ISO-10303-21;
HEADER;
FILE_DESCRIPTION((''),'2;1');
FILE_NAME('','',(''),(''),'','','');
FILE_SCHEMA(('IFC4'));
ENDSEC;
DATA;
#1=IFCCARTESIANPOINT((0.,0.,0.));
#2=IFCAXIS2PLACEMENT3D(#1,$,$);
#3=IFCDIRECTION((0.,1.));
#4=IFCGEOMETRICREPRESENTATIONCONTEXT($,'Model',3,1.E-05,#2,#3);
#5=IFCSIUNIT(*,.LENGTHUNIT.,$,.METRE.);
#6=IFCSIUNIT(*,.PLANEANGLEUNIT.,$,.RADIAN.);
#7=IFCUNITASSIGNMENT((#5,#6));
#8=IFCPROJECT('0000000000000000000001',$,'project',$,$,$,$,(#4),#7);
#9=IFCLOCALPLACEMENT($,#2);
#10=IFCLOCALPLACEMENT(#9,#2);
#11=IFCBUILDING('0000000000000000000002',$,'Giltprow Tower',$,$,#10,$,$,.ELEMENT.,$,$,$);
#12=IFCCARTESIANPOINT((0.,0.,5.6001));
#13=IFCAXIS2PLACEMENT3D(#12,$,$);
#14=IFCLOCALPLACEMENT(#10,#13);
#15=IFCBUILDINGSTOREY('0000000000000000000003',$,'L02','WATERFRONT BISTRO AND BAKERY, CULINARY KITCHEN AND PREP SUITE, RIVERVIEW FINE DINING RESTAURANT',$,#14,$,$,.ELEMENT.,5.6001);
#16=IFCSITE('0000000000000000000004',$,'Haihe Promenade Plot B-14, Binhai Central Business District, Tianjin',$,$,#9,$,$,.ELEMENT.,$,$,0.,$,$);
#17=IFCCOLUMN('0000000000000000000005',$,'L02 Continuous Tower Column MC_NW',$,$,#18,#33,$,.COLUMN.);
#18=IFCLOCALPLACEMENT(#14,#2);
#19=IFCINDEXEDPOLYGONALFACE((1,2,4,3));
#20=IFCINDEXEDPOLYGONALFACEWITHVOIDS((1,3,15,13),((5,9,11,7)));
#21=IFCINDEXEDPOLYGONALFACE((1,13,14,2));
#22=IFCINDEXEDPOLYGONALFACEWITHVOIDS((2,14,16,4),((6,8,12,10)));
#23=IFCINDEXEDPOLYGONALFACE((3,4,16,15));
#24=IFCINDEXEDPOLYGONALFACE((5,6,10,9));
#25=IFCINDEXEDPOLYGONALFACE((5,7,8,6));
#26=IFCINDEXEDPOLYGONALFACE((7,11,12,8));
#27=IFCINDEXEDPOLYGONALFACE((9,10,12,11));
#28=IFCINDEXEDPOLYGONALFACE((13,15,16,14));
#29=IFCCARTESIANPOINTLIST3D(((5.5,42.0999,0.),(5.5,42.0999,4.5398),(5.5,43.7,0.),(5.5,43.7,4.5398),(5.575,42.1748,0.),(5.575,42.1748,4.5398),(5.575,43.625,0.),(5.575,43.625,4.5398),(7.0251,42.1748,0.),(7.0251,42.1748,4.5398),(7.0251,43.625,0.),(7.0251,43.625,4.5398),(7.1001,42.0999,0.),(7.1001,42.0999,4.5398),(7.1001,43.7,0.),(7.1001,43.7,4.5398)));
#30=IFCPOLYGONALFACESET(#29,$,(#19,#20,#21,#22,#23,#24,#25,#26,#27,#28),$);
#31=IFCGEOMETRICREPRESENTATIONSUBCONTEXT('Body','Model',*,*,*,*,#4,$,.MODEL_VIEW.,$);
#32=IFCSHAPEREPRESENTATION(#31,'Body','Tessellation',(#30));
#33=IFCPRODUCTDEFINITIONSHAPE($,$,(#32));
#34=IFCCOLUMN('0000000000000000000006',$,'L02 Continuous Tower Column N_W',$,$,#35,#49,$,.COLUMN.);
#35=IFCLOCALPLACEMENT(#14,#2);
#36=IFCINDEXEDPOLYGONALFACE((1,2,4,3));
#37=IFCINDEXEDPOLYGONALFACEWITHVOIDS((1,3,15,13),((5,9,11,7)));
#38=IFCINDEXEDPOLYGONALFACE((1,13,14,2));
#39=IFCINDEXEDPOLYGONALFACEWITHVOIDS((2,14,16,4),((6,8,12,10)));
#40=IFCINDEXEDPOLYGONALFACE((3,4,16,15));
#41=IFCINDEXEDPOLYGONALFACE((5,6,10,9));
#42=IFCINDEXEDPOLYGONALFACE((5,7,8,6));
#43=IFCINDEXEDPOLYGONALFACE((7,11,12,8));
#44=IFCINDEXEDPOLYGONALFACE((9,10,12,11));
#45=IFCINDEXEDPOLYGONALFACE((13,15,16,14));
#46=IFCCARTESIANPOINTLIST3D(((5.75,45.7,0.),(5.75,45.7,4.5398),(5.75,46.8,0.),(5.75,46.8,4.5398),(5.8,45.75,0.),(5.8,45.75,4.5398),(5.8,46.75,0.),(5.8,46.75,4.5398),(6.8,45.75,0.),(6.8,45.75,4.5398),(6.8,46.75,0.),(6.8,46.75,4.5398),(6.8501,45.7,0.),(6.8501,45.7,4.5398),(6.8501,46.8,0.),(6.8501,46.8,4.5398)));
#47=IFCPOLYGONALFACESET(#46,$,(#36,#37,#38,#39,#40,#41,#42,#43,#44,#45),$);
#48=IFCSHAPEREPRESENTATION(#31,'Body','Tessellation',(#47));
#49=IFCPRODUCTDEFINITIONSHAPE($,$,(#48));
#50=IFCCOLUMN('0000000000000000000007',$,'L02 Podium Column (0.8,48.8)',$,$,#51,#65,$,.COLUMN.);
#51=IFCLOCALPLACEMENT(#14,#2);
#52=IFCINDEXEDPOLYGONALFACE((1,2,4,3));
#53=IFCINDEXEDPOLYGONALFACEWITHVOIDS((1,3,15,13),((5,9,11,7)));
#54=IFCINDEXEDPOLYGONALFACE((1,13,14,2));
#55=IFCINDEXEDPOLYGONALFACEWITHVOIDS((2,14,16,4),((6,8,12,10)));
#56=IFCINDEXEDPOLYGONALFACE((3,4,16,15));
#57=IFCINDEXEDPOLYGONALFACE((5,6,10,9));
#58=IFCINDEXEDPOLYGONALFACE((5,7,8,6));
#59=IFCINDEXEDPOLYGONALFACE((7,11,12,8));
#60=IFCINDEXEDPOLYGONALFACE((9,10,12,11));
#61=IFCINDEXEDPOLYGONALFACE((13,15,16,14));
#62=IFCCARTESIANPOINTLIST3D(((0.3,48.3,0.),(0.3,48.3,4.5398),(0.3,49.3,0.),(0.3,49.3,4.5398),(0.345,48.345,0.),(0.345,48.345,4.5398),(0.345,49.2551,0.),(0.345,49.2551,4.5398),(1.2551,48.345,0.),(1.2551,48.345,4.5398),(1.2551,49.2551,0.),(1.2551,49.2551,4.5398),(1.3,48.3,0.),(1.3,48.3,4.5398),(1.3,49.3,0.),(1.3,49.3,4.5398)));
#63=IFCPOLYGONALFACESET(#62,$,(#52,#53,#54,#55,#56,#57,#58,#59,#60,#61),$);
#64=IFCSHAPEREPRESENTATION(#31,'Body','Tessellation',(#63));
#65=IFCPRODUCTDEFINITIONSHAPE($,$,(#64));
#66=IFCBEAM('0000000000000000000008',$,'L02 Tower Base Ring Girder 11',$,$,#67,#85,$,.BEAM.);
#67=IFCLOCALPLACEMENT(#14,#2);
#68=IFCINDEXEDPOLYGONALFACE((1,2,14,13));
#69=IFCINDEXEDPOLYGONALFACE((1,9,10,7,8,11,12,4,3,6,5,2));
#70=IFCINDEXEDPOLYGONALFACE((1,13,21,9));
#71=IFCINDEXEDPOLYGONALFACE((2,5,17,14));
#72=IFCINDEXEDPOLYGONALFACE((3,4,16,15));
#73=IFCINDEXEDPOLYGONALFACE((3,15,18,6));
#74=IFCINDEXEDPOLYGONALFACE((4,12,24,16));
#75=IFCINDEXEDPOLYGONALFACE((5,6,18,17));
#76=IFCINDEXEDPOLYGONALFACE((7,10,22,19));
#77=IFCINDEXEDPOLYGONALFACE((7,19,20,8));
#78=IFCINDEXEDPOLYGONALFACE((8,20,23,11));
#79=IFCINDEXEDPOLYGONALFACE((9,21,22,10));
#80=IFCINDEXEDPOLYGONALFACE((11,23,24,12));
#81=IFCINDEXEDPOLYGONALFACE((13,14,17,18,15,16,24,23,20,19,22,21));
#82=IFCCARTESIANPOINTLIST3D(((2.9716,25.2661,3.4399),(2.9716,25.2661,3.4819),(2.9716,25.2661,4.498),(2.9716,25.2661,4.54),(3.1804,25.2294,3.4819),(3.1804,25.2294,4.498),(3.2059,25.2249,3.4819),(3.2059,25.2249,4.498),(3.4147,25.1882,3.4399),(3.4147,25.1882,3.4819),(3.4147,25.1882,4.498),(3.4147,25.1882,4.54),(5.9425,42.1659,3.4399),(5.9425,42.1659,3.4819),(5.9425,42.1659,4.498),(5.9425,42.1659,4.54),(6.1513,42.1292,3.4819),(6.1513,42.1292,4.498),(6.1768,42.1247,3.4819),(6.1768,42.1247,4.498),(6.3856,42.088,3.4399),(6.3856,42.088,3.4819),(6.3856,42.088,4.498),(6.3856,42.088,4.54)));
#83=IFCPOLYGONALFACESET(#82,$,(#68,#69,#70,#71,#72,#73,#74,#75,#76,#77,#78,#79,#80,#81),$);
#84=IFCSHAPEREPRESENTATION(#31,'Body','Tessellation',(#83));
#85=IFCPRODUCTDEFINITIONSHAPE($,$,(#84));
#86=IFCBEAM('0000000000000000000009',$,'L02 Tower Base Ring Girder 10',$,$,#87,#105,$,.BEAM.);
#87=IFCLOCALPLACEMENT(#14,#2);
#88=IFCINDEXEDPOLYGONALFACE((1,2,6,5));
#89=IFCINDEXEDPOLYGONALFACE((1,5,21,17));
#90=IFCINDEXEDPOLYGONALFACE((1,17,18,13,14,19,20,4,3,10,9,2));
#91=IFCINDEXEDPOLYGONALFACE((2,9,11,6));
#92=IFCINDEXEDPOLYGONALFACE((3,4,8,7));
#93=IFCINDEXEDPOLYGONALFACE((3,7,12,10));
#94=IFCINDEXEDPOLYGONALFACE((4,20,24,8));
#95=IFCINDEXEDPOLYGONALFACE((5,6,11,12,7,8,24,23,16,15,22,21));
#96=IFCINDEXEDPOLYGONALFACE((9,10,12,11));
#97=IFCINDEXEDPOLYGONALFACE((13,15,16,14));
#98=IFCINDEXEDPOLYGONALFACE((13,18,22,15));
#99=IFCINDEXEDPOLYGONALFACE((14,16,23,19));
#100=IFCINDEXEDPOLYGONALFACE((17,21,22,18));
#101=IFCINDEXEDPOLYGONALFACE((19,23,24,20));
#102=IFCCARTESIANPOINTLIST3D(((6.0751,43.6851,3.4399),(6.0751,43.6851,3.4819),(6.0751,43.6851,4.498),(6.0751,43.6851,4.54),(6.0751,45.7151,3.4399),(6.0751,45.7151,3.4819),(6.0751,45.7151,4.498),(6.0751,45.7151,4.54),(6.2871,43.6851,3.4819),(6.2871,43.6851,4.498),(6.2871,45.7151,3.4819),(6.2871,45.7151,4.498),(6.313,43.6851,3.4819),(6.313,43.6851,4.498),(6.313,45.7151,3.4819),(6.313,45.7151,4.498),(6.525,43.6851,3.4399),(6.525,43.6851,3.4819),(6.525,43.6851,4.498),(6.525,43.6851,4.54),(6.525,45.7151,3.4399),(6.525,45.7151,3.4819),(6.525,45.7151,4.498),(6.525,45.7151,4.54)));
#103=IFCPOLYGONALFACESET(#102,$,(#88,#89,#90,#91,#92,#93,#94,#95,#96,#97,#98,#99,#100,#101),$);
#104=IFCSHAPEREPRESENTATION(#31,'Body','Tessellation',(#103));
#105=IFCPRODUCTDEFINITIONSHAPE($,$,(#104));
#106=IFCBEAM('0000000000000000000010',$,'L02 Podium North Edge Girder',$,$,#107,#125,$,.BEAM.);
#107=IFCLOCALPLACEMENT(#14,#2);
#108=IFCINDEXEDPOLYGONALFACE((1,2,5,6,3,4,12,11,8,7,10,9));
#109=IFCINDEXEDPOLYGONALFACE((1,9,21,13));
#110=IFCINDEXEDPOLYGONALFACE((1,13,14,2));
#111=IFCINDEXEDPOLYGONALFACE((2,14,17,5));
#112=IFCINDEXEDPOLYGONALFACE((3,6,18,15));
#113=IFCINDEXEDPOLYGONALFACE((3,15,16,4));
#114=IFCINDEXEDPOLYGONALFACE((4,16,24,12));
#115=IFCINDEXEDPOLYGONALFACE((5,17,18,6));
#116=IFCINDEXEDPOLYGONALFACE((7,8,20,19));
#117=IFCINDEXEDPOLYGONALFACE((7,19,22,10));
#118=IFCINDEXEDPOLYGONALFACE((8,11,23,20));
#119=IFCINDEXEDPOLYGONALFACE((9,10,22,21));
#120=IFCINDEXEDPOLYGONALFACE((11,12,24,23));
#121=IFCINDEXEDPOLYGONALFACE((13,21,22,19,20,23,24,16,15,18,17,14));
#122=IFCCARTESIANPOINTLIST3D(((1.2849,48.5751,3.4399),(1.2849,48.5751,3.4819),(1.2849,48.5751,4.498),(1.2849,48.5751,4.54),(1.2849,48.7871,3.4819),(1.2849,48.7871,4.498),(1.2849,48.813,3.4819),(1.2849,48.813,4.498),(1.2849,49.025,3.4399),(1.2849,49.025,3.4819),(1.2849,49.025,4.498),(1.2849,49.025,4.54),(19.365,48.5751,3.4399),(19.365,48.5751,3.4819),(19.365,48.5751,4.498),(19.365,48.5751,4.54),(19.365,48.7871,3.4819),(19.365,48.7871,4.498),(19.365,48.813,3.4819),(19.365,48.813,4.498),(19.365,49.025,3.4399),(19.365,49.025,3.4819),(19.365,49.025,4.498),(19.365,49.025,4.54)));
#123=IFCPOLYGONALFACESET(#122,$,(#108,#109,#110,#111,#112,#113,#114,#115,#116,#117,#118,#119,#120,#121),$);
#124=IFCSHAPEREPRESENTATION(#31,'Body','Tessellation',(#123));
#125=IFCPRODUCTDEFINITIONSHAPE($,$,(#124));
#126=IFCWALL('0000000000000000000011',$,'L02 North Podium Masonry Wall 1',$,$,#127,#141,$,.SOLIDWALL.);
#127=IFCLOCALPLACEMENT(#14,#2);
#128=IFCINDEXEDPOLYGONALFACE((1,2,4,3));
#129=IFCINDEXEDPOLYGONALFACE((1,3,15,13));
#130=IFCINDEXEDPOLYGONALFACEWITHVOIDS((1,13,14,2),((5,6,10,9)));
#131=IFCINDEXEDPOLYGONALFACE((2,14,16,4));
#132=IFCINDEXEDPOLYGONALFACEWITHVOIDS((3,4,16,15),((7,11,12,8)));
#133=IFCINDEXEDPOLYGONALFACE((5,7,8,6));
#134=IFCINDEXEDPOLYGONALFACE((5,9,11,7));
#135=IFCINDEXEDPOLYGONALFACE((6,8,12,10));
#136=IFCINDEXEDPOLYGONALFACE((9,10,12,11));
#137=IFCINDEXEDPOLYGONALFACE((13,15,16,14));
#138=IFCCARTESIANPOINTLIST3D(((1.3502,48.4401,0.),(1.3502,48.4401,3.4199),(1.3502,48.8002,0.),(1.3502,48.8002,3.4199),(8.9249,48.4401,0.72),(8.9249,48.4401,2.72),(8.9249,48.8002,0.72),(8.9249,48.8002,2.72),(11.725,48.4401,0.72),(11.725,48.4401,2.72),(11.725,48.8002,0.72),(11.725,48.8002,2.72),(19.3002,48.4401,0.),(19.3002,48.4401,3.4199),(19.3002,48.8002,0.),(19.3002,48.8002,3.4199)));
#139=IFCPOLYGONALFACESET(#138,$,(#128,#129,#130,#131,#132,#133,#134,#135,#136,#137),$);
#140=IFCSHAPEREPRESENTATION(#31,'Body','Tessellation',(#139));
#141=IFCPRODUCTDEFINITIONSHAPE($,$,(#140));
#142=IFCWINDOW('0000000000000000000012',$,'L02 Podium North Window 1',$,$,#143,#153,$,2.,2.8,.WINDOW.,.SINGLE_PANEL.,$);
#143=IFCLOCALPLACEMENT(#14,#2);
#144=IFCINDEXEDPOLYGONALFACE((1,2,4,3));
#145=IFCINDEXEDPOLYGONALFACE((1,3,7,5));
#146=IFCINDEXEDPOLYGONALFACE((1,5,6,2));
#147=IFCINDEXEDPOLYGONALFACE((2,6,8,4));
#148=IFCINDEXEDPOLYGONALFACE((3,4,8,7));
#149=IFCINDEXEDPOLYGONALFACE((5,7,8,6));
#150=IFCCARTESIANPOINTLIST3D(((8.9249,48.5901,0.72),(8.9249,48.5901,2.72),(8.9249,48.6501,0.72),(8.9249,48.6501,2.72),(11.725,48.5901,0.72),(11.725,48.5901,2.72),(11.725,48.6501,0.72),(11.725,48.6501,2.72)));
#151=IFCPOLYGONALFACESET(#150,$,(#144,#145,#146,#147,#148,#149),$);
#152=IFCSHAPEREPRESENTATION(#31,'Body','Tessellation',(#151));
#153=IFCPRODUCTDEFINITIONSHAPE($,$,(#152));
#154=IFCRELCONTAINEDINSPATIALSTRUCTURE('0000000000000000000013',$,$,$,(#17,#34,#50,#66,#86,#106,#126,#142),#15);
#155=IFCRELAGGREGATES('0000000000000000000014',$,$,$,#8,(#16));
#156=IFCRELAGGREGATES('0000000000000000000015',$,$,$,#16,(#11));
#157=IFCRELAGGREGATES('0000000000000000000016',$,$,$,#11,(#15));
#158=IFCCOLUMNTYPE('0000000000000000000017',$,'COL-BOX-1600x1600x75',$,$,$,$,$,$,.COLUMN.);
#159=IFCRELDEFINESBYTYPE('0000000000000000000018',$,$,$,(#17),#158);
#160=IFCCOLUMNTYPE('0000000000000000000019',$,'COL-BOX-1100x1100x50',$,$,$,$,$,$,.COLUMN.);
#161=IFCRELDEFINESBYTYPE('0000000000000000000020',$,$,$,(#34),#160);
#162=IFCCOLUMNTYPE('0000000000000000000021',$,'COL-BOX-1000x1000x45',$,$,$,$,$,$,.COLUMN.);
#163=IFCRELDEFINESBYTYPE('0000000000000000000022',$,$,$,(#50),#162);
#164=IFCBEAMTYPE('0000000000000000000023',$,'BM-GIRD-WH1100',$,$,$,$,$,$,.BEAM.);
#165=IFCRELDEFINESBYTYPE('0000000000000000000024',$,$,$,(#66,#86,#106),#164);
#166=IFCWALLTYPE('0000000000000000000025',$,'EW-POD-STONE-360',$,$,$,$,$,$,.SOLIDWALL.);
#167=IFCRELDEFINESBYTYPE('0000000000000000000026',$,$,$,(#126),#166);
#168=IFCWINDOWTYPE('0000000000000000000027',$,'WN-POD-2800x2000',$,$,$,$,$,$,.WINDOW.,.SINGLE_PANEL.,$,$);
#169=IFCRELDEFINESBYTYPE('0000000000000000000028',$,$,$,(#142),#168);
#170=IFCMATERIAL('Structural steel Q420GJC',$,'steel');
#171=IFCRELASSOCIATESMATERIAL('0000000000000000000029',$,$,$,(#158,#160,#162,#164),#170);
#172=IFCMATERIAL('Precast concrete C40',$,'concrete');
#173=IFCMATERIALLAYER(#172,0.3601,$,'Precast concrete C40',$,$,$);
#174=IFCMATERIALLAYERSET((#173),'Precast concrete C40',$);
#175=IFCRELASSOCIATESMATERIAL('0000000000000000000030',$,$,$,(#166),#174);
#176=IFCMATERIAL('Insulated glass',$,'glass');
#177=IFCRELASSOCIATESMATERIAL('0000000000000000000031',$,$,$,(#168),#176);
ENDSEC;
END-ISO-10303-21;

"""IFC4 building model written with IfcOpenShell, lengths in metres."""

from ifc_helpers import new_model, si_unit, direction, frame, frame_2d, origin, origin_2d, place, context, subcontext, project, spatial, rectangle, hollow_rectangle, i_section, extrude, source, transform, mapped, material, layer, layer_set, material_profile, profile_set, type_object, element, fill, save


model = new_model("IFC4")

# Units and contexts
model_context = context("Model", 3, precision=1e-05, world=origin(), true_north=direction((0.0, 1.0)))
body_context = subcontext(model_context, "Body", "Model", "MODEL_VIEW")
ifc_project = project(units=[si_unit("LENGTHUNIT", "METRE"), si_unit("PLANEANGLEUNIT", "RADIAN")], contexts=[model_context])

# Site, building, storey
site_placement = place(None, origin())
site = spatial("IfcSite", under=ifc_project, at=site_placement, Name="Haihe Promenade Plot B-14, Binhai Central Business District, Tianjin", CompositionType="ELEMENT", RefElevation=0.0)
building_placement = place(site_placement, origin())
building = spatial("IfcBuilding", under=site, at=building_placement, Name="Giltprow Tower", CompositionType="ELEMENT")
storey_placement = place(building_placement, frame((0.0, 0.0, 5.6001)))
storey = spatial("IfcBuildingStorey", under=building, at=storey_placement, Name="L02", Description="WATERFRONT BISTRO AND BAKERY, CULINARY KITCHEN AND PREP SUITE, RIVERVIEW FINE DINING RESTAURANT", CompositionType="ELEMENT", Elevation=5.6001)

# Columns
ifc_material_1 = material(Name="Structural steel Q420GJC", Category="steel")
ifc_material_profile_1 = material_profile(ifc_material_1, hollow_rectangle(XDim=1.6001, YDim=1.6001, WallThickness=0.075, at=origin_2d()), Name="BOX 1600x1600x75")
ifc_profile_set_1 = profile_set([ifc_material_profile_1], Name="Structural steel Q420GJC")
column_type_1 = type_object("IfcColumnType", Name="COL-BOX-1600x1600x75", PredefinedType="COLUMN", material=ifc_profile_set_1)
shared_shape_1 = source(origin(), body_context, "Body", "SweptSolid", [
    extrude(hollow_rectangle(XDim=1.6001, YDim=1.6001, WallThickness=0.075, at=origin_2d()), origin(), (0.0, 0.0, 1.0), 4.5398),
])
column_1_placement = place(storey_placement, frame((6.3, 42.8999, 0.0), z_axis=(0.0, 0.0, 1.0), x_axis=(1.0, 0.0, 0.0)))
element("IfcColumn", 1, at=column_1_placement, inside=storey, type_object=column_type_1, Name="L02 Continuous Tower Column MC_NW", PredefinedType="COLUMN", context=body_context, shape_type="MappedRepresentation", body=[
    mapped(shared_shape_1, transform((0.0, 0.0, 0.0), x_axis=(1.0, 0.0, 0.0), y_axis=(0.0, 1.0, 0.0), z_axis=(0.0, 0.0, 1.0), scale=1.0)),
])
ifc_material_profile_2 = material_profile(ifc_material_1, hollow_rectangle(XDim=1.1001, YDim=1.1001, WallThickness=0.05, at=origin_2d()), Name="BOX 1100x1100x50")
ifc_profile_set_2 = profile_set([ifc_material_profile_2], Name="Structural steel Q420GJC")
column_type_2 = type_object("IfcColumnType", Name="COL-BOX-1100x1100x50", PredefinedType="COLUMN", material=ifc_profile_set_2)
shared_shape_2 = source(origin(), body_context, "Body", "SweptSolid", [
    extrude(hollow_rectangle(XDim=1.1001, YDim=1.1001, WallThickness=0.05, at=origin_2d()), origin(), (0.0, 0.0, 1.0), 4.5398),
])
column_2_placement = place(storey_placement, frame((6.3, 46.25, 0.0), z_axis=(0.0, 0.0, 1.0), x_axis=(1.0, 0.0, 0.0)))
element("IfcColumn", 2, at=column_2_placement, inside=storey, type_object=column_type_2, Name="L02 Continuous Tower Column N_W", PredefinedType="COLUMN", context=body_context, shape_type="MappedRepresentation", body=[
    mapped(shared_shape_2, transform((0.0, 0.0, 0.0), x_axis=(1.0, 0.0, 0.0), y_axis=(0.0, 1.0, 0.0), z_axis=(0.0, 0.0, 1.0), scale=1.0)),
])
ifc_material_profile_3 = material_profile(ifc_material_1, hollow_rectangle(XDim=1.0, YDim=1.0, WallThickness=0.0449, at=origin_2d()), Name="BOX 1000x1000x45")
ifc_profile_set_3 = profile_set([ifc_material_profile_3], Name="Structural steel Q420GJC")
column_type_3 = type_object("IfcColumnType", Name="COL-BOX-1000x1000x45", PredefinedType="COLUMN", material=ifc_profile_set_3)
shared_shape_3 = source(origin(), body_context, "Body", "SweptSolid", [
    extrude(hollow_rectangle(XDim=1.0, YDim=1.0, WallThickness=0.0449, at=origin_2d()), origin(), (0.0, 0.0, 1.0), 4.5398),
])
column_3_placement = place(storey_placement, frame((0.8, 48.8, 0.0), z_axis=(0.0, 0.0, 1.0), x_axis=(1.0, 0.0, 0.0)))
element("IfcColumn", 3, at=column_3_placement, inside=storey, type_object=column_type_3, Name="L02 Podium Column (0.8,48.8)", PredefinedType="COLUMN", context=body_context, shape_type="MappedRepresentation", body=[
    mapped(shared_shape_3, transform((0.0, 0.0, 0.0), x_axis=(1.0, 0.0, 0.0), y_axis=(0.0, 1.0, 0.0), z_axis=(0.0, 0.0, 1.0), scale=1.0)),
])

# Beams
ifc_material_profile_4 = material_profile(ifc_material_1, i_section(OverallWidth=0.45, OverallDepth=1.1001, WebThickness=0.0259, FlangeThickness=0.042, at=origin_2d()), Name="WH 1100x450x26x42")
ifc_profile_set_4 = profile_set([ifc_material_profile_4], Name="Structural steel Q420GJC")
beam_type = type_object("IfcBeamType", Name="BM-GIRD-WH1100", PredefinedType="BEAM", material=ifc_profile_set_4)
shared_shape_4 = source(origin(), body_context, "Body", "SweptSolid", [
    extrude(i_section(OverallWidth=0.45, OverallDepth=1.1001, WebThickness=0.0259, FlangeThickness=0.042, at=origin_2d()), origin(), (0.0, 0.0, 1.0), 17.1589),
])
beam_1_placement = place(storey_placement, frame((6.1641, 42.127, 3.99), z_axis=(-0.173142, -0.984897, 0.0), x_axis=(0.984897, -0.173142, 0.0)))
element("IfcBeam", 4, at=beam_1_placement, inside=storey, type_object=beam_type, Name="L02 Tower Base Ring Girder 11", PredefinedType="BEAM", context=body_context, shape_type="MappedRepresentation", body=[
    mapped(shared_shape_4, transform((0.0, 0.0, 0.0), x_axis=(1.0, 0.0, 0.0), y_axis=(0.0, 1.0, 0.0), z_axis=(0.0, 0.0, 1.0), scale=1.0)),
])
shared_shape_5 = source(origin(), body_context, "Body", "SweptSolid", [
    extrude(i_section(OverallWidth=0.45, OverallDepth=1.1001, WebThickness=0.0259, FlangeThickness=0.042, at=origin_2d()), origin(), (0.0, 0.0, 1.0), 2.03),
])
beam_2_placement = place(storey_placement, frame((6.3, 45.7151, 3.99), z_axis=(0.0, -1.0, 0.0), x_axis=(1.0, 0.0, 0.0)))
element("IfcBeam", 5, at=beam_2_placement, inside=storey, type_object=beam_type, Name="L02 Tower Base Ring Girder 10", PredefinedType="BEAM", context=body_context, shape_type="MappedRepresentation", body=[
    mapped(shared_shape_5, transform((0.0, 0.0, 0.0), x_axis=(1.0, 0.0, 0.0), y_axis=(0.0, 1.0, 0.0), z_axis=(0.0, 0.0, 1.0), scale=1.0)),
])
shared_shape_6 = source(origin(), body_context, "Body", "SweptSolid", [
    extrude(i_section(OverallWidth=0.45, OverallDepth=1.1001, WebThickness=0.0259, FlangeThickness=0.042, at=origin_2d()), origin(), (0.0, 0.0, 1.0), 18.0801),
])
beam_3_placement = place(storey_placement, frame((1.2849, 48.8, 3.99), z_axis=(1.0, 0.0, 0.0), x_axis=(0.0, 1.0, 0.0)))
element("IfcBeam", 6, at=beam_3_placement, inside=storey, type_object=beam_type, Name="L02 Podium North Edge Girder", PredefinedType="BEAM", context=body_context, shape_type="MappedRepresentation", body=[
    mapped(shared_shape_6, transform((0.0, 0.0, 0.0), x_axis=(1.0, 0.0, 0.0), y_axis=(0.0, 1.0, 0.0), z_axis=(0.0, 0.0, 1.0), scale=1.0)),
])

# Wall, opening, window
ifc_material_2 = material(Name="Precast concrete C40", Category="concrete")
ifc_layer_1 = layer(ifc_material_2, 0.3601, Name="Precast concrete C40")
ifc_layer_set_1 = layer_set([ifc_layer_1], Name="Precast concrete C40")
wall_type_1 = type_object("IfcWallType", Name="EW-POD-STONE-360", PredefinedType="SOLIDWALL", material=ifc_layer_set_1)
wall_1_placement = place(storey_placement, frame((1.3501, 48.6201, 0.0), z_axis=(0.0, 0.0, 1.0), x_axis=(1.0, 0.0, 0.0)))
wall_1 = element("IfcWall", 7, at=wall_1_placement, inside=storey, type_object=wall_type_1, Name="L02 North Podium Masonry Wall 1", PredefinedType="SOLIDWALL", context=body_context, shape_type="SweptSolid", body=[
    extrude(rectangle(XDim=17.95, YDim=0.3601, at=frame_2d((8.9751, 0.0))), origin(), (0.0, 0.0, 1.0), 3.4199),
])
opening_1_placement = place(wall_1_placement, frame((7.575, 0.0, 0.72)))
opening_1 = element("IfcOpeningElement", 8, at=opening_1_placement, cuts=wall_1, PredefinedType="OPENING", context=body_context, shape_type="SweptSolid", body=[
    extrude(rectangle(XDim=2.8, YDim=2.0, at=frame_2d((1.3999, 1.0))), frame((0.0, 0.1899, 0.0), z_axis=(0.0, -1.0, 0.0), x_axis=(1.0, 0.0, 0.0)), (0.0, 0.0, 1.0), 0.3801),
])
ifc_material_3 = material(Name="Insulated glass", Category="glass")
window_type = type_object("IfcWindowType", Name="WN-POD-2800x2000", PartitioningType="SINGLE_PANEL", PredefinedType="WINDOW", material=ifc_material_3)
shared_shape_7 = source(origin(), body_context, "Body", "SweptSolid", [
    extrude(rectangle(XDim=2.8, YDim=2.0, at=frame_2d((1.3999, 1.0))), frame((0.0, 0.03, 0.0), z_axis=(0.0, -1.0, 0.0), x_axis=(1.0, 0.0, 0.0)), (0.0, 0.0, 1.0), 0.0601),
])
window_placement = place(opening_1_placement, origin())
window = element("IfcWindow", 9, at=window_placement, inside=storey, type_object=window_type, Name="L02 Podium North Window 1", OverallHeight=2.0, OverallWidth=2.8, PartitioningType="SINGLE_PANEL", PredefinedType="WINDOW", context=body_context, shape_type="MappedRepresentation", body=[
    mapped(shared_shape_7, transform((0.0, 0.0, 0.0), x_axis=(1.0, 0.0, 0.0), y_axis=(0.0, 1.0, 0.0), z_axis=(0.0, 0.0, 1.0), scale=1.0)),
])
fill(opening_1, window)

save(model, "model.ifc")
